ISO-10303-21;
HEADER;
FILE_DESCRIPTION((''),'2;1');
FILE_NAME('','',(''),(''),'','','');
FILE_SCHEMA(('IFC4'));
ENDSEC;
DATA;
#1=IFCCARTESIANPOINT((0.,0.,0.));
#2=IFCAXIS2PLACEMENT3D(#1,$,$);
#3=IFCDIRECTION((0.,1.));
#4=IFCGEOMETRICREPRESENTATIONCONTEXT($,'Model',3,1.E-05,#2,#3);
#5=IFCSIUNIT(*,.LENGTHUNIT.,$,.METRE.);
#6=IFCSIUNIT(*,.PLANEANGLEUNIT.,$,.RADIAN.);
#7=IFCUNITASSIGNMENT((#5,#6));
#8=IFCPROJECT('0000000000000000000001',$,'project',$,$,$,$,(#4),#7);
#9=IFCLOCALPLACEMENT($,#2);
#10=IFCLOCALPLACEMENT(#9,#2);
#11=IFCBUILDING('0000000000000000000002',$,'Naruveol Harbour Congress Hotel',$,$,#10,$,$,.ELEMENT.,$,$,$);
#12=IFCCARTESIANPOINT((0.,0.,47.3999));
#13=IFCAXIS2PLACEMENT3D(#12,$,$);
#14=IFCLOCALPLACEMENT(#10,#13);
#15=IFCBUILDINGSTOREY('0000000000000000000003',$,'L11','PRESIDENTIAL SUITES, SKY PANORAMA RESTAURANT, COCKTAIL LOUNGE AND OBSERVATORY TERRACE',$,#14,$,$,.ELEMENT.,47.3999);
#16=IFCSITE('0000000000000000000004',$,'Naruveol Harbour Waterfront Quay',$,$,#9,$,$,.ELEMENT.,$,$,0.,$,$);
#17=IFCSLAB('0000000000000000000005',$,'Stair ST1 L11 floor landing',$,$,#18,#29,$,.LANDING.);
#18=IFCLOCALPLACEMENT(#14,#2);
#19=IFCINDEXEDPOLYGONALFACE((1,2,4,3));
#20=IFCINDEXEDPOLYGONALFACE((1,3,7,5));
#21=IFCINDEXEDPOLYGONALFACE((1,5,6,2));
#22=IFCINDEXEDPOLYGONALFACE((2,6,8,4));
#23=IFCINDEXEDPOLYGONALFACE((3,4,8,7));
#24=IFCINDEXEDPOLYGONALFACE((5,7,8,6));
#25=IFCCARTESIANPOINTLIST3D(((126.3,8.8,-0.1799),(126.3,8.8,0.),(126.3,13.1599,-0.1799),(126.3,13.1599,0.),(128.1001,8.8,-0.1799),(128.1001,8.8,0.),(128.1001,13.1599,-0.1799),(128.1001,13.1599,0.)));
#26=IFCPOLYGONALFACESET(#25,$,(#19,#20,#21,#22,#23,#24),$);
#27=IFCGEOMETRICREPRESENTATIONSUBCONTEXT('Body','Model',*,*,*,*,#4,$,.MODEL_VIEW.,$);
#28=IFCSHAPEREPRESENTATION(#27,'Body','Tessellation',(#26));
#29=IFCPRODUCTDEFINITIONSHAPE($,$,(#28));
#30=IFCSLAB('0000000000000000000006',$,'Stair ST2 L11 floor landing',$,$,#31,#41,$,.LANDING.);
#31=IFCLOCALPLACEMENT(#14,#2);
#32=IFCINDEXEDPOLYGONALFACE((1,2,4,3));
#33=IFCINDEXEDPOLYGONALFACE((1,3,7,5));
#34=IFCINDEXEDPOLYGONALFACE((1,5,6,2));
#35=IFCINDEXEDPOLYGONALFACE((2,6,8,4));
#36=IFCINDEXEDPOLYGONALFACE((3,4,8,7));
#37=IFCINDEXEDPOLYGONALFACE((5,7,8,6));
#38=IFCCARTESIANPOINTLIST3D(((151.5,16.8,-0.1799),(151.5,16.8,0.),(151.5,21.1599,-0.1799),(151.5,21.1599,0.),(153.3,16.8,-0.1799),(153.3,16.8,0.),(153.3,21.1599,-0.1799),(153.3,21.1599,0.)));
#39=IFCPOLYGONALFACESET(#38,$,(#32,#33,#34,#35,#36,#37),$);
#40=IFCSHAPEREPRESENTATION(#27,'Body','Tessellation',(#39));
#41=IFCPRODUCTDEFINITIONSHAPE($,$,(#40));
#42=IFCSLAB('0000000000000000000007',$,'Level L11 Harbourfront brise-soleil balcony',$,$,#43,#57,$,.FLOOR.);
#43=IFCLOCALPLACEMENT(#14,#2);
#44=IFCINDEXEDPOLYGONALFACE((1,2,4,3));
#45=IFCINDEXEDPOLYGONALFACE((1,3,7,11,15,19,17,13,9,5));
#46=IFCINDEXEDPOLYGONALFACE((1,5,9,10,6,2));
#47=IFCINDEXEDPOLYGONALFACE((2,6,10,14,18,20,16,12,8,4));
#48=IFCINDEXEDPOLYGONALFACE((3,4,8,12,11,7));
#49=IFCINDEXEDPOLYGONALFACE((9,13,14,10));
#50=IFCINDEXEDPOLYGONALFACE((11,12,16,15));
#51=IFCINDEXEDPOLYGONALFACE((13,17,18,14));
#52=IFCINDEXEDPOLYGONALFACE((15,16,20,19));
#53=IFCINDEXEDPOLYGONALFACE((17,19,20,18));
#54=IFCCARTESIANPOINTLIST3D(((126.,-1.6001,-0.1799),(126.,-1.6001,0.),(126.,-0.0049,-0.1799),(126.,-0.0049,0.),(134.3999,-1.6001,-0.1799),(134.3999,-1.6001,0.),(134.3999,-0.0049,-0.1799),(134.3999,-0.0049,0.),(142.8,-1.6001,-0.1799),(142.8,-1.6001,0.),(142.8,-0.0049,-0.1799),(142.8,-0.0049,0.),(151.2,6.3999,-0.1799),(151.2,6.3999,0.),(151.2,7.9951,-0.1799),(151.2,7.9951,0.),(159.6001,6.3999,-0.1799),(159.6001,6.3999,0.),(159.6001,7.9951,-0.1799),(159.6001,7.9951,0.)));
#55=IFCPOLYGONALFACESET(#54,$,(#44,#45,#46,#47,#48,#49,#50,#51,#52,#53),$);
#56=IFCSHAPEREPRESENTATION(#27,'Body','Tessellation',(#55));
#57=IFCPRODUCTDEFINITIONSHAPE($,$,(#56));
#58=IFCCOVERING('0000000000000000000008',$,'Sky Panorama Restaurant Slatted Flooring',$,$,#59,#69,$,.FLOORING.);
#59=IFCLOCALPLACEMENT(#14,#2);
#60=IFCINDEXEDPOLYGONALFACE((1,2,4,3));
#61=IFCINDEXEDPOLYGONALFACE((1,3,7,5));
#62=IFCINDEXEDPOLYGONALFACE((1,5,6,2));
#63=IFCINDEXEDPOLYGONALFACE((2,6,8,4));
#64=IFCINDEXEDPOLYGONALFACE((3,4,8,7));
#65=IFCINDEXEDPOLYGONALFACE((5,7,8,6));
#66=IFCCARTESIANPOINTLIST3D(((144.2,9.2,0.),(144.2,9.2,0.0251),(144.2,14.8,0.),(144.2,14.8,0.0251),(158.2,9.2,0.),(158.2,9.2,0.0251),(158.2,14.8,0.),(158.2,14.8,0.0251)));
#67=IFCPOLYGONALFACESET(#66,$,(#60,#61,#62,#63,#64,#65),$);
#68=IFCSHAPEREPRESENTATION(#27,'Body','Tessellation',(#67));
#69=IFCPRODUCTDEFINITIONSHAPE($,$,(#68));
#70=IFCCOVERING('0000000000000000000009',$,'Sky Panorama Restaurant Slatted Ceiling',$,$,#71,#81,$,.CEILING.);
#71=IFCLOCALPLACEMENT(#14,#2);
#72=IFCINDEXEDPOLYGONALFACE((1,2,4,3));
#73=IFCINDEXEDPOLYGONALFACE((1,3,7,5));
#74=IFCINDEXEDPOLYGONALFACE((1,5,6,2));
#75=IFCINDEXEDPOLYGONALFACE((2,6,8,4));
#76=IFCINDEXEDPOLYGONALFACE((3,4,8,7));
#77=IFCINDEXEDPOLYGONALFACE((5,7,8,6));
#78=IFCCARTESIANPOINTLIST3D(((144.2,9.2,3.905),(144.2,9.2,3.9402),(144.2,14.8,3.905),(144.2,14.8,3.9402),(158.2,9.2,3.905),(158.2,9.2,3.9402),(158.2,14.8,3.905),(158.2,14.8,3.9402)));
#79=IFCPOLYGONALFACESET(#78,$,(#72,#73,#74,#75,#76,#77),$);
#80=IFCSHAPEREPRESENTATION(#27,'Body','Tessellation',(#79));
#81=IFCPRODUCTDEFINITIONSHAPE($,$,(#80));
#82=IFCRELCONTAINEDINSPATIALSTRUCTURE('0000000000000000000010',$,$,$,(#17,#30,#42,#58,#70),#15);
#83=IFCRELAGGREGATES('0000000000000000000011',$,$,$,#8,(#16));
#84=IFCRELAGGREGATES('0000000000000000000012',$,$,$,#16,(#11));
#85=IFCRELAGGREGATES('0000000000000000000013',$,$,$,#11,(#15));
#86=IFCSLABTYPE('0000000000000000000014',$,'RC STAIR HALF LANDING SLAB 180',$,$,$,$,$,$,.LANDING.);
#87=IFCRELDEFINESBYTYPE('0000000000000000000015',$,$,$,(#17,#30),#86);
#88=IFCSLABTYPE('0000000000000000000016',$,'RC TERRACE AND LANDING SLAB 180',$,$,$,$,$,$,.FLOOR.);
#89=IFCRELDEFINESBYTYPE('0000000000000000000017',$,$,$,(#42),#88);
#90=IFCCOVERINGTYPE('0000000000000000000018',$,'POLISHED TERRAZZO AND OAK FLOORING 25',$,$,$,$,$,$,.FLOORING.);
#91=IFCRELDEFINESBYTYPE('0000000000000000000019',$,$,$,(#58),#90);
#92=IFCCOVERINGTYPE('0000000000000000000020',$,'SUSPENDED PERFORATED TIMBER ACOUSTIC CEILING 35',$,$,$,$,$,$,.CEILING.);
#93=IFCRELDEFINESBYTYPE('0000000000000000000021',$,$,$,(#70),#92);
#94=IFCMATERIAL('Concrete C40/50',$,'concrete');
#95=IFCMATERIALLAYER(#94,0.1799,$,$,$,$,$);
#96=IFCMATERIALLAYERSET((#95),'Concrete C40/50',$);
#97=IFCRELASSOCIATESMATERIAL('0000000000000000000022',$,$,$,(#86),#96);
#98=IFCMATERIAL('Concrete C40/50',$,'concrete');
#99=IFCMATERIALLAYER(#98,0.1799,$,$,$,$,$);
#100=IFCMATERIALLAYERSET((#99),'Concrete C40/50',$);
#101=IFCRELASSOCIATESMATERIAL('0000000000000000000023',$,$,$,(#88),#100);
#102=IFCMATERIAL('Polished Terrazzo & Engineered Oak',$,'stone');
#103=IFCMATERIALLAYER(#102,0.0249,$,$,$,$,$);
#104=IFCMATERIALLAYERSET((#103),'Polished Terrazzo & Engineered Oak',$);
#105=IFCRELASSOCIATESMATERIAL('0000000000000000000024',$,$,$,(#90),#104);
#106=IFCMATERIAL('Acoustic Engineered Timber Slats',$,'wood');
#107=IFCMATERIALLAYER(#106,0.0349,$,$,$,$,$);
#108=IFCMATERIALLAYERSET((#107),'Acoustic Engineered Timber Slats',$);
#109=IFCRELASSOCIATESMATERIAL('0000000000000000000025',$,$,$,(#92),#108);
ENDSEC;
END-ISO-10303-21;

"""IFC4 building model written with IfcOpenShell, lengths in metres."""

from ifc_helpers import new_model, si_unit, direction, frame, origin, place, context, subcontext, project, spatial, polyline, outline, extrude, material, layer, layer_set, type_object, element, save


model = new_model("IFC4")

# Units and contexts
model_context = context("Model", 3, precision=1e-05, world=origin(), true_north=direction((0.0, 1.0)))
body_context = subcontext(model_context, "Body", "Model", "MODEL_VIEW")
ifc_project = project(units=[si_unit("LENGTHUNIT", "METRE"), si_unit("PLANEANGLEUNIT", "RADIAN")], contexts=[model_context])

# Site, building, storey
site_placement = place(None, origin())
site = spatial("IfcSite", under=ifc_project, at=site_placement, Name="Naruveol Harbour Waterfront Quay", CompositionType="ELEMENT", RefElevation=0.0)
building_placement = place(site_placement, origin())
building = spatial("IfcBuilding", under=site, at=building_placement, Name="Naruveol Harbour Congress Hotel", CompositionType="ELEMENT")
storey_placement = place(building_placement, frame((0.0, 0.0, 47.3999)))
storey = spatial("IfcBuildingStorey", under=building, at=storey_placement, Name="L11", Description="PRESIDENTIAL SUITES, SKY PANORAMA RESTAURANT, COCKTAIL LOUNGE AND OBSERVATORY TERRACE", CompositionType="ELEMENT", Elevation=47.3999)

# Slabs
ifc_material_1 = material(Name="Concrete C40/50", Category="concrete")
ifc_layer_1 = layer(ifc_material_1, 0.1799)
ifc_layer_set_1 = layer_set([ifc_layer_1], Name="Concrete C40/50")
slab_type_1 = type_object("IfcSlabType", Name="RC STAIR HALF LANDING SLAB 180", PredefinedType="LANDING", material=ifc_layer_set_1)
slab_1_placement = place(storey_placement, frame((0.0, 0.0, -0.1799)))
element("IfcSlab", 1, at=slab_1_placement, inside=storey, type_object=slab_type_1, Name="Stair ST1 L11 floor landing", PredefinedType="LANDING", context=body_context, shape_type="SweptSolid", body=[
    extrude(outline(polyline([(126.3, 8.8), (128.1001, 8.8), (128.1001, 13.1599), (126.3, 13.1599), (126.3, 8.8)])), origin(), (0.0, 0.0, 1.0), 0.1799),
])
slab_2_placement = place(storey_placement, frame((0.0, 0.0, -0.1799)))
element("IfcSlab", 2, at=slab_2_placement, inside=storey, type_object=slab_type_1, Name="Stair ST2 L11 floor landing", PredefinedType="LANDING", context=body_context, shape_type="SweptSolid", body=[
    extrude(outline(polyline([(151.5, 16.8), (153.3, 16.8), (153.3, 21.1599), (151.5, 21.1599), (151.5, 16.8)])), origin(), (0.0, 0.0, 1.0), 0.1799),
])
ifc_material_2 = material(Name="Concrete C40/50", Category="concrete")
ifc_layer_2 = layer(ifc_material_2, 0.1799)
ifc_layer_set_2 = layer_set([ifc_layer_2], Name="Concrete C40/50")
slab_type_2 = type_object("IfcSlabType", Name="RC TERRACE AND LANDING SLAB 180", PredefinedType="FLOOR", material=ifc_layer_set_2)
slab_3_placement = place(storey_placement, frame((0.0, 0.0, -0.1799)))
element("IfcSlab", 3, at=slab_3_placement, inside=storey, type_object=slab_type_2, Name="Level L11 Harbourfront brise-soleil balcony", PredefinedType="FLOOR", context=body_context, shape_type="SweptSolid", body=[
    extrude(outline(polyline([(126.0, -1.6001), (134.3999, -1.6001), (142.8, -1.6001), (151.2, 6.3999), (159.6001, 6.3999), (159.6001, 7.9951), (151.2, 7.9951), (142.8, -0.0049), (134.3999, -0.0049), (126.0, -0.0049), (126.0, -1.6001)])), origin(), (0.0, 0.0, 1.0), 0.1799),
])

# Coverings
ifc_material_3 = material(Name="Polished Terrazzo & Engineered Oak", Category="stone")
ifc_layer_3 = layer(ifc_material_3, 0.0249)
ifc_layer_set_3 = layer_set([ifc_layer_3], Name="Polished Terrazzo & Engineered Oak")
covering_type_1 = type_object("IfcCoveringType", Name="POLISHED TERRAZZO AND OAK FLOORING 25", PredefinedType="FLOORING", material=ifc_layer_set_3)
covering_1_placement = place(storey_placement, origin())
element("IfcCovering", 4, at=covering_1_placement, inside=storey, type_object=covering_type_1, Name="Sky Panorama Restaurant Slatted Flooring", PredefinedType="FLOORING", context=body_context, shape_type="SweptSolid", body=[
    extrude(outline(polyline([(144.2, 9.2), (158.2, 9.2), (158.2, 14.8), (144.2, 14.8), (144.2, 9.2)])), origin(), (0.0, 0.0, 1.0), 0.0251),
])
ifc_material_4 = material(Name="Acoustic Engineered Timber Slats", Category="wood")
ifc_layer_4 = layer(ifc_material_4, 0.0349)
ifc_layer_set_4 = layer_set([ifc_layer_4], Name="Acoustic Engineered Timber Slats")
covering_type_2 = type_object("IfcCoveringType", Name="SUSPENDED PERFORATED TIMBER ACOUSTIC CEILING 35", PredefinedType="CEILING", material=ifc_layer_set_4)
covering_2_placement = place(storey_placement, frame((0.0, 0.0, 3.905)))
element("IfcCovering", 5, at=covering_2_placement, inside=storey, type_object=covering_type_2, Name="Sky Panorama Restaurant Slatted Ceiling", PredefinedType="CEILING", context=body_context, shape_type="SweptSolid", body=[
    extrude(outline(polyline([(144.2, 9.2), (158.2, 9.2), (158.2, 14.8), (144.2, 14.8), (144.2, 9.2)])), origin(), (0.0, 0.0, 1.0), 0.0352),
])

save(model, "model.ifc")
